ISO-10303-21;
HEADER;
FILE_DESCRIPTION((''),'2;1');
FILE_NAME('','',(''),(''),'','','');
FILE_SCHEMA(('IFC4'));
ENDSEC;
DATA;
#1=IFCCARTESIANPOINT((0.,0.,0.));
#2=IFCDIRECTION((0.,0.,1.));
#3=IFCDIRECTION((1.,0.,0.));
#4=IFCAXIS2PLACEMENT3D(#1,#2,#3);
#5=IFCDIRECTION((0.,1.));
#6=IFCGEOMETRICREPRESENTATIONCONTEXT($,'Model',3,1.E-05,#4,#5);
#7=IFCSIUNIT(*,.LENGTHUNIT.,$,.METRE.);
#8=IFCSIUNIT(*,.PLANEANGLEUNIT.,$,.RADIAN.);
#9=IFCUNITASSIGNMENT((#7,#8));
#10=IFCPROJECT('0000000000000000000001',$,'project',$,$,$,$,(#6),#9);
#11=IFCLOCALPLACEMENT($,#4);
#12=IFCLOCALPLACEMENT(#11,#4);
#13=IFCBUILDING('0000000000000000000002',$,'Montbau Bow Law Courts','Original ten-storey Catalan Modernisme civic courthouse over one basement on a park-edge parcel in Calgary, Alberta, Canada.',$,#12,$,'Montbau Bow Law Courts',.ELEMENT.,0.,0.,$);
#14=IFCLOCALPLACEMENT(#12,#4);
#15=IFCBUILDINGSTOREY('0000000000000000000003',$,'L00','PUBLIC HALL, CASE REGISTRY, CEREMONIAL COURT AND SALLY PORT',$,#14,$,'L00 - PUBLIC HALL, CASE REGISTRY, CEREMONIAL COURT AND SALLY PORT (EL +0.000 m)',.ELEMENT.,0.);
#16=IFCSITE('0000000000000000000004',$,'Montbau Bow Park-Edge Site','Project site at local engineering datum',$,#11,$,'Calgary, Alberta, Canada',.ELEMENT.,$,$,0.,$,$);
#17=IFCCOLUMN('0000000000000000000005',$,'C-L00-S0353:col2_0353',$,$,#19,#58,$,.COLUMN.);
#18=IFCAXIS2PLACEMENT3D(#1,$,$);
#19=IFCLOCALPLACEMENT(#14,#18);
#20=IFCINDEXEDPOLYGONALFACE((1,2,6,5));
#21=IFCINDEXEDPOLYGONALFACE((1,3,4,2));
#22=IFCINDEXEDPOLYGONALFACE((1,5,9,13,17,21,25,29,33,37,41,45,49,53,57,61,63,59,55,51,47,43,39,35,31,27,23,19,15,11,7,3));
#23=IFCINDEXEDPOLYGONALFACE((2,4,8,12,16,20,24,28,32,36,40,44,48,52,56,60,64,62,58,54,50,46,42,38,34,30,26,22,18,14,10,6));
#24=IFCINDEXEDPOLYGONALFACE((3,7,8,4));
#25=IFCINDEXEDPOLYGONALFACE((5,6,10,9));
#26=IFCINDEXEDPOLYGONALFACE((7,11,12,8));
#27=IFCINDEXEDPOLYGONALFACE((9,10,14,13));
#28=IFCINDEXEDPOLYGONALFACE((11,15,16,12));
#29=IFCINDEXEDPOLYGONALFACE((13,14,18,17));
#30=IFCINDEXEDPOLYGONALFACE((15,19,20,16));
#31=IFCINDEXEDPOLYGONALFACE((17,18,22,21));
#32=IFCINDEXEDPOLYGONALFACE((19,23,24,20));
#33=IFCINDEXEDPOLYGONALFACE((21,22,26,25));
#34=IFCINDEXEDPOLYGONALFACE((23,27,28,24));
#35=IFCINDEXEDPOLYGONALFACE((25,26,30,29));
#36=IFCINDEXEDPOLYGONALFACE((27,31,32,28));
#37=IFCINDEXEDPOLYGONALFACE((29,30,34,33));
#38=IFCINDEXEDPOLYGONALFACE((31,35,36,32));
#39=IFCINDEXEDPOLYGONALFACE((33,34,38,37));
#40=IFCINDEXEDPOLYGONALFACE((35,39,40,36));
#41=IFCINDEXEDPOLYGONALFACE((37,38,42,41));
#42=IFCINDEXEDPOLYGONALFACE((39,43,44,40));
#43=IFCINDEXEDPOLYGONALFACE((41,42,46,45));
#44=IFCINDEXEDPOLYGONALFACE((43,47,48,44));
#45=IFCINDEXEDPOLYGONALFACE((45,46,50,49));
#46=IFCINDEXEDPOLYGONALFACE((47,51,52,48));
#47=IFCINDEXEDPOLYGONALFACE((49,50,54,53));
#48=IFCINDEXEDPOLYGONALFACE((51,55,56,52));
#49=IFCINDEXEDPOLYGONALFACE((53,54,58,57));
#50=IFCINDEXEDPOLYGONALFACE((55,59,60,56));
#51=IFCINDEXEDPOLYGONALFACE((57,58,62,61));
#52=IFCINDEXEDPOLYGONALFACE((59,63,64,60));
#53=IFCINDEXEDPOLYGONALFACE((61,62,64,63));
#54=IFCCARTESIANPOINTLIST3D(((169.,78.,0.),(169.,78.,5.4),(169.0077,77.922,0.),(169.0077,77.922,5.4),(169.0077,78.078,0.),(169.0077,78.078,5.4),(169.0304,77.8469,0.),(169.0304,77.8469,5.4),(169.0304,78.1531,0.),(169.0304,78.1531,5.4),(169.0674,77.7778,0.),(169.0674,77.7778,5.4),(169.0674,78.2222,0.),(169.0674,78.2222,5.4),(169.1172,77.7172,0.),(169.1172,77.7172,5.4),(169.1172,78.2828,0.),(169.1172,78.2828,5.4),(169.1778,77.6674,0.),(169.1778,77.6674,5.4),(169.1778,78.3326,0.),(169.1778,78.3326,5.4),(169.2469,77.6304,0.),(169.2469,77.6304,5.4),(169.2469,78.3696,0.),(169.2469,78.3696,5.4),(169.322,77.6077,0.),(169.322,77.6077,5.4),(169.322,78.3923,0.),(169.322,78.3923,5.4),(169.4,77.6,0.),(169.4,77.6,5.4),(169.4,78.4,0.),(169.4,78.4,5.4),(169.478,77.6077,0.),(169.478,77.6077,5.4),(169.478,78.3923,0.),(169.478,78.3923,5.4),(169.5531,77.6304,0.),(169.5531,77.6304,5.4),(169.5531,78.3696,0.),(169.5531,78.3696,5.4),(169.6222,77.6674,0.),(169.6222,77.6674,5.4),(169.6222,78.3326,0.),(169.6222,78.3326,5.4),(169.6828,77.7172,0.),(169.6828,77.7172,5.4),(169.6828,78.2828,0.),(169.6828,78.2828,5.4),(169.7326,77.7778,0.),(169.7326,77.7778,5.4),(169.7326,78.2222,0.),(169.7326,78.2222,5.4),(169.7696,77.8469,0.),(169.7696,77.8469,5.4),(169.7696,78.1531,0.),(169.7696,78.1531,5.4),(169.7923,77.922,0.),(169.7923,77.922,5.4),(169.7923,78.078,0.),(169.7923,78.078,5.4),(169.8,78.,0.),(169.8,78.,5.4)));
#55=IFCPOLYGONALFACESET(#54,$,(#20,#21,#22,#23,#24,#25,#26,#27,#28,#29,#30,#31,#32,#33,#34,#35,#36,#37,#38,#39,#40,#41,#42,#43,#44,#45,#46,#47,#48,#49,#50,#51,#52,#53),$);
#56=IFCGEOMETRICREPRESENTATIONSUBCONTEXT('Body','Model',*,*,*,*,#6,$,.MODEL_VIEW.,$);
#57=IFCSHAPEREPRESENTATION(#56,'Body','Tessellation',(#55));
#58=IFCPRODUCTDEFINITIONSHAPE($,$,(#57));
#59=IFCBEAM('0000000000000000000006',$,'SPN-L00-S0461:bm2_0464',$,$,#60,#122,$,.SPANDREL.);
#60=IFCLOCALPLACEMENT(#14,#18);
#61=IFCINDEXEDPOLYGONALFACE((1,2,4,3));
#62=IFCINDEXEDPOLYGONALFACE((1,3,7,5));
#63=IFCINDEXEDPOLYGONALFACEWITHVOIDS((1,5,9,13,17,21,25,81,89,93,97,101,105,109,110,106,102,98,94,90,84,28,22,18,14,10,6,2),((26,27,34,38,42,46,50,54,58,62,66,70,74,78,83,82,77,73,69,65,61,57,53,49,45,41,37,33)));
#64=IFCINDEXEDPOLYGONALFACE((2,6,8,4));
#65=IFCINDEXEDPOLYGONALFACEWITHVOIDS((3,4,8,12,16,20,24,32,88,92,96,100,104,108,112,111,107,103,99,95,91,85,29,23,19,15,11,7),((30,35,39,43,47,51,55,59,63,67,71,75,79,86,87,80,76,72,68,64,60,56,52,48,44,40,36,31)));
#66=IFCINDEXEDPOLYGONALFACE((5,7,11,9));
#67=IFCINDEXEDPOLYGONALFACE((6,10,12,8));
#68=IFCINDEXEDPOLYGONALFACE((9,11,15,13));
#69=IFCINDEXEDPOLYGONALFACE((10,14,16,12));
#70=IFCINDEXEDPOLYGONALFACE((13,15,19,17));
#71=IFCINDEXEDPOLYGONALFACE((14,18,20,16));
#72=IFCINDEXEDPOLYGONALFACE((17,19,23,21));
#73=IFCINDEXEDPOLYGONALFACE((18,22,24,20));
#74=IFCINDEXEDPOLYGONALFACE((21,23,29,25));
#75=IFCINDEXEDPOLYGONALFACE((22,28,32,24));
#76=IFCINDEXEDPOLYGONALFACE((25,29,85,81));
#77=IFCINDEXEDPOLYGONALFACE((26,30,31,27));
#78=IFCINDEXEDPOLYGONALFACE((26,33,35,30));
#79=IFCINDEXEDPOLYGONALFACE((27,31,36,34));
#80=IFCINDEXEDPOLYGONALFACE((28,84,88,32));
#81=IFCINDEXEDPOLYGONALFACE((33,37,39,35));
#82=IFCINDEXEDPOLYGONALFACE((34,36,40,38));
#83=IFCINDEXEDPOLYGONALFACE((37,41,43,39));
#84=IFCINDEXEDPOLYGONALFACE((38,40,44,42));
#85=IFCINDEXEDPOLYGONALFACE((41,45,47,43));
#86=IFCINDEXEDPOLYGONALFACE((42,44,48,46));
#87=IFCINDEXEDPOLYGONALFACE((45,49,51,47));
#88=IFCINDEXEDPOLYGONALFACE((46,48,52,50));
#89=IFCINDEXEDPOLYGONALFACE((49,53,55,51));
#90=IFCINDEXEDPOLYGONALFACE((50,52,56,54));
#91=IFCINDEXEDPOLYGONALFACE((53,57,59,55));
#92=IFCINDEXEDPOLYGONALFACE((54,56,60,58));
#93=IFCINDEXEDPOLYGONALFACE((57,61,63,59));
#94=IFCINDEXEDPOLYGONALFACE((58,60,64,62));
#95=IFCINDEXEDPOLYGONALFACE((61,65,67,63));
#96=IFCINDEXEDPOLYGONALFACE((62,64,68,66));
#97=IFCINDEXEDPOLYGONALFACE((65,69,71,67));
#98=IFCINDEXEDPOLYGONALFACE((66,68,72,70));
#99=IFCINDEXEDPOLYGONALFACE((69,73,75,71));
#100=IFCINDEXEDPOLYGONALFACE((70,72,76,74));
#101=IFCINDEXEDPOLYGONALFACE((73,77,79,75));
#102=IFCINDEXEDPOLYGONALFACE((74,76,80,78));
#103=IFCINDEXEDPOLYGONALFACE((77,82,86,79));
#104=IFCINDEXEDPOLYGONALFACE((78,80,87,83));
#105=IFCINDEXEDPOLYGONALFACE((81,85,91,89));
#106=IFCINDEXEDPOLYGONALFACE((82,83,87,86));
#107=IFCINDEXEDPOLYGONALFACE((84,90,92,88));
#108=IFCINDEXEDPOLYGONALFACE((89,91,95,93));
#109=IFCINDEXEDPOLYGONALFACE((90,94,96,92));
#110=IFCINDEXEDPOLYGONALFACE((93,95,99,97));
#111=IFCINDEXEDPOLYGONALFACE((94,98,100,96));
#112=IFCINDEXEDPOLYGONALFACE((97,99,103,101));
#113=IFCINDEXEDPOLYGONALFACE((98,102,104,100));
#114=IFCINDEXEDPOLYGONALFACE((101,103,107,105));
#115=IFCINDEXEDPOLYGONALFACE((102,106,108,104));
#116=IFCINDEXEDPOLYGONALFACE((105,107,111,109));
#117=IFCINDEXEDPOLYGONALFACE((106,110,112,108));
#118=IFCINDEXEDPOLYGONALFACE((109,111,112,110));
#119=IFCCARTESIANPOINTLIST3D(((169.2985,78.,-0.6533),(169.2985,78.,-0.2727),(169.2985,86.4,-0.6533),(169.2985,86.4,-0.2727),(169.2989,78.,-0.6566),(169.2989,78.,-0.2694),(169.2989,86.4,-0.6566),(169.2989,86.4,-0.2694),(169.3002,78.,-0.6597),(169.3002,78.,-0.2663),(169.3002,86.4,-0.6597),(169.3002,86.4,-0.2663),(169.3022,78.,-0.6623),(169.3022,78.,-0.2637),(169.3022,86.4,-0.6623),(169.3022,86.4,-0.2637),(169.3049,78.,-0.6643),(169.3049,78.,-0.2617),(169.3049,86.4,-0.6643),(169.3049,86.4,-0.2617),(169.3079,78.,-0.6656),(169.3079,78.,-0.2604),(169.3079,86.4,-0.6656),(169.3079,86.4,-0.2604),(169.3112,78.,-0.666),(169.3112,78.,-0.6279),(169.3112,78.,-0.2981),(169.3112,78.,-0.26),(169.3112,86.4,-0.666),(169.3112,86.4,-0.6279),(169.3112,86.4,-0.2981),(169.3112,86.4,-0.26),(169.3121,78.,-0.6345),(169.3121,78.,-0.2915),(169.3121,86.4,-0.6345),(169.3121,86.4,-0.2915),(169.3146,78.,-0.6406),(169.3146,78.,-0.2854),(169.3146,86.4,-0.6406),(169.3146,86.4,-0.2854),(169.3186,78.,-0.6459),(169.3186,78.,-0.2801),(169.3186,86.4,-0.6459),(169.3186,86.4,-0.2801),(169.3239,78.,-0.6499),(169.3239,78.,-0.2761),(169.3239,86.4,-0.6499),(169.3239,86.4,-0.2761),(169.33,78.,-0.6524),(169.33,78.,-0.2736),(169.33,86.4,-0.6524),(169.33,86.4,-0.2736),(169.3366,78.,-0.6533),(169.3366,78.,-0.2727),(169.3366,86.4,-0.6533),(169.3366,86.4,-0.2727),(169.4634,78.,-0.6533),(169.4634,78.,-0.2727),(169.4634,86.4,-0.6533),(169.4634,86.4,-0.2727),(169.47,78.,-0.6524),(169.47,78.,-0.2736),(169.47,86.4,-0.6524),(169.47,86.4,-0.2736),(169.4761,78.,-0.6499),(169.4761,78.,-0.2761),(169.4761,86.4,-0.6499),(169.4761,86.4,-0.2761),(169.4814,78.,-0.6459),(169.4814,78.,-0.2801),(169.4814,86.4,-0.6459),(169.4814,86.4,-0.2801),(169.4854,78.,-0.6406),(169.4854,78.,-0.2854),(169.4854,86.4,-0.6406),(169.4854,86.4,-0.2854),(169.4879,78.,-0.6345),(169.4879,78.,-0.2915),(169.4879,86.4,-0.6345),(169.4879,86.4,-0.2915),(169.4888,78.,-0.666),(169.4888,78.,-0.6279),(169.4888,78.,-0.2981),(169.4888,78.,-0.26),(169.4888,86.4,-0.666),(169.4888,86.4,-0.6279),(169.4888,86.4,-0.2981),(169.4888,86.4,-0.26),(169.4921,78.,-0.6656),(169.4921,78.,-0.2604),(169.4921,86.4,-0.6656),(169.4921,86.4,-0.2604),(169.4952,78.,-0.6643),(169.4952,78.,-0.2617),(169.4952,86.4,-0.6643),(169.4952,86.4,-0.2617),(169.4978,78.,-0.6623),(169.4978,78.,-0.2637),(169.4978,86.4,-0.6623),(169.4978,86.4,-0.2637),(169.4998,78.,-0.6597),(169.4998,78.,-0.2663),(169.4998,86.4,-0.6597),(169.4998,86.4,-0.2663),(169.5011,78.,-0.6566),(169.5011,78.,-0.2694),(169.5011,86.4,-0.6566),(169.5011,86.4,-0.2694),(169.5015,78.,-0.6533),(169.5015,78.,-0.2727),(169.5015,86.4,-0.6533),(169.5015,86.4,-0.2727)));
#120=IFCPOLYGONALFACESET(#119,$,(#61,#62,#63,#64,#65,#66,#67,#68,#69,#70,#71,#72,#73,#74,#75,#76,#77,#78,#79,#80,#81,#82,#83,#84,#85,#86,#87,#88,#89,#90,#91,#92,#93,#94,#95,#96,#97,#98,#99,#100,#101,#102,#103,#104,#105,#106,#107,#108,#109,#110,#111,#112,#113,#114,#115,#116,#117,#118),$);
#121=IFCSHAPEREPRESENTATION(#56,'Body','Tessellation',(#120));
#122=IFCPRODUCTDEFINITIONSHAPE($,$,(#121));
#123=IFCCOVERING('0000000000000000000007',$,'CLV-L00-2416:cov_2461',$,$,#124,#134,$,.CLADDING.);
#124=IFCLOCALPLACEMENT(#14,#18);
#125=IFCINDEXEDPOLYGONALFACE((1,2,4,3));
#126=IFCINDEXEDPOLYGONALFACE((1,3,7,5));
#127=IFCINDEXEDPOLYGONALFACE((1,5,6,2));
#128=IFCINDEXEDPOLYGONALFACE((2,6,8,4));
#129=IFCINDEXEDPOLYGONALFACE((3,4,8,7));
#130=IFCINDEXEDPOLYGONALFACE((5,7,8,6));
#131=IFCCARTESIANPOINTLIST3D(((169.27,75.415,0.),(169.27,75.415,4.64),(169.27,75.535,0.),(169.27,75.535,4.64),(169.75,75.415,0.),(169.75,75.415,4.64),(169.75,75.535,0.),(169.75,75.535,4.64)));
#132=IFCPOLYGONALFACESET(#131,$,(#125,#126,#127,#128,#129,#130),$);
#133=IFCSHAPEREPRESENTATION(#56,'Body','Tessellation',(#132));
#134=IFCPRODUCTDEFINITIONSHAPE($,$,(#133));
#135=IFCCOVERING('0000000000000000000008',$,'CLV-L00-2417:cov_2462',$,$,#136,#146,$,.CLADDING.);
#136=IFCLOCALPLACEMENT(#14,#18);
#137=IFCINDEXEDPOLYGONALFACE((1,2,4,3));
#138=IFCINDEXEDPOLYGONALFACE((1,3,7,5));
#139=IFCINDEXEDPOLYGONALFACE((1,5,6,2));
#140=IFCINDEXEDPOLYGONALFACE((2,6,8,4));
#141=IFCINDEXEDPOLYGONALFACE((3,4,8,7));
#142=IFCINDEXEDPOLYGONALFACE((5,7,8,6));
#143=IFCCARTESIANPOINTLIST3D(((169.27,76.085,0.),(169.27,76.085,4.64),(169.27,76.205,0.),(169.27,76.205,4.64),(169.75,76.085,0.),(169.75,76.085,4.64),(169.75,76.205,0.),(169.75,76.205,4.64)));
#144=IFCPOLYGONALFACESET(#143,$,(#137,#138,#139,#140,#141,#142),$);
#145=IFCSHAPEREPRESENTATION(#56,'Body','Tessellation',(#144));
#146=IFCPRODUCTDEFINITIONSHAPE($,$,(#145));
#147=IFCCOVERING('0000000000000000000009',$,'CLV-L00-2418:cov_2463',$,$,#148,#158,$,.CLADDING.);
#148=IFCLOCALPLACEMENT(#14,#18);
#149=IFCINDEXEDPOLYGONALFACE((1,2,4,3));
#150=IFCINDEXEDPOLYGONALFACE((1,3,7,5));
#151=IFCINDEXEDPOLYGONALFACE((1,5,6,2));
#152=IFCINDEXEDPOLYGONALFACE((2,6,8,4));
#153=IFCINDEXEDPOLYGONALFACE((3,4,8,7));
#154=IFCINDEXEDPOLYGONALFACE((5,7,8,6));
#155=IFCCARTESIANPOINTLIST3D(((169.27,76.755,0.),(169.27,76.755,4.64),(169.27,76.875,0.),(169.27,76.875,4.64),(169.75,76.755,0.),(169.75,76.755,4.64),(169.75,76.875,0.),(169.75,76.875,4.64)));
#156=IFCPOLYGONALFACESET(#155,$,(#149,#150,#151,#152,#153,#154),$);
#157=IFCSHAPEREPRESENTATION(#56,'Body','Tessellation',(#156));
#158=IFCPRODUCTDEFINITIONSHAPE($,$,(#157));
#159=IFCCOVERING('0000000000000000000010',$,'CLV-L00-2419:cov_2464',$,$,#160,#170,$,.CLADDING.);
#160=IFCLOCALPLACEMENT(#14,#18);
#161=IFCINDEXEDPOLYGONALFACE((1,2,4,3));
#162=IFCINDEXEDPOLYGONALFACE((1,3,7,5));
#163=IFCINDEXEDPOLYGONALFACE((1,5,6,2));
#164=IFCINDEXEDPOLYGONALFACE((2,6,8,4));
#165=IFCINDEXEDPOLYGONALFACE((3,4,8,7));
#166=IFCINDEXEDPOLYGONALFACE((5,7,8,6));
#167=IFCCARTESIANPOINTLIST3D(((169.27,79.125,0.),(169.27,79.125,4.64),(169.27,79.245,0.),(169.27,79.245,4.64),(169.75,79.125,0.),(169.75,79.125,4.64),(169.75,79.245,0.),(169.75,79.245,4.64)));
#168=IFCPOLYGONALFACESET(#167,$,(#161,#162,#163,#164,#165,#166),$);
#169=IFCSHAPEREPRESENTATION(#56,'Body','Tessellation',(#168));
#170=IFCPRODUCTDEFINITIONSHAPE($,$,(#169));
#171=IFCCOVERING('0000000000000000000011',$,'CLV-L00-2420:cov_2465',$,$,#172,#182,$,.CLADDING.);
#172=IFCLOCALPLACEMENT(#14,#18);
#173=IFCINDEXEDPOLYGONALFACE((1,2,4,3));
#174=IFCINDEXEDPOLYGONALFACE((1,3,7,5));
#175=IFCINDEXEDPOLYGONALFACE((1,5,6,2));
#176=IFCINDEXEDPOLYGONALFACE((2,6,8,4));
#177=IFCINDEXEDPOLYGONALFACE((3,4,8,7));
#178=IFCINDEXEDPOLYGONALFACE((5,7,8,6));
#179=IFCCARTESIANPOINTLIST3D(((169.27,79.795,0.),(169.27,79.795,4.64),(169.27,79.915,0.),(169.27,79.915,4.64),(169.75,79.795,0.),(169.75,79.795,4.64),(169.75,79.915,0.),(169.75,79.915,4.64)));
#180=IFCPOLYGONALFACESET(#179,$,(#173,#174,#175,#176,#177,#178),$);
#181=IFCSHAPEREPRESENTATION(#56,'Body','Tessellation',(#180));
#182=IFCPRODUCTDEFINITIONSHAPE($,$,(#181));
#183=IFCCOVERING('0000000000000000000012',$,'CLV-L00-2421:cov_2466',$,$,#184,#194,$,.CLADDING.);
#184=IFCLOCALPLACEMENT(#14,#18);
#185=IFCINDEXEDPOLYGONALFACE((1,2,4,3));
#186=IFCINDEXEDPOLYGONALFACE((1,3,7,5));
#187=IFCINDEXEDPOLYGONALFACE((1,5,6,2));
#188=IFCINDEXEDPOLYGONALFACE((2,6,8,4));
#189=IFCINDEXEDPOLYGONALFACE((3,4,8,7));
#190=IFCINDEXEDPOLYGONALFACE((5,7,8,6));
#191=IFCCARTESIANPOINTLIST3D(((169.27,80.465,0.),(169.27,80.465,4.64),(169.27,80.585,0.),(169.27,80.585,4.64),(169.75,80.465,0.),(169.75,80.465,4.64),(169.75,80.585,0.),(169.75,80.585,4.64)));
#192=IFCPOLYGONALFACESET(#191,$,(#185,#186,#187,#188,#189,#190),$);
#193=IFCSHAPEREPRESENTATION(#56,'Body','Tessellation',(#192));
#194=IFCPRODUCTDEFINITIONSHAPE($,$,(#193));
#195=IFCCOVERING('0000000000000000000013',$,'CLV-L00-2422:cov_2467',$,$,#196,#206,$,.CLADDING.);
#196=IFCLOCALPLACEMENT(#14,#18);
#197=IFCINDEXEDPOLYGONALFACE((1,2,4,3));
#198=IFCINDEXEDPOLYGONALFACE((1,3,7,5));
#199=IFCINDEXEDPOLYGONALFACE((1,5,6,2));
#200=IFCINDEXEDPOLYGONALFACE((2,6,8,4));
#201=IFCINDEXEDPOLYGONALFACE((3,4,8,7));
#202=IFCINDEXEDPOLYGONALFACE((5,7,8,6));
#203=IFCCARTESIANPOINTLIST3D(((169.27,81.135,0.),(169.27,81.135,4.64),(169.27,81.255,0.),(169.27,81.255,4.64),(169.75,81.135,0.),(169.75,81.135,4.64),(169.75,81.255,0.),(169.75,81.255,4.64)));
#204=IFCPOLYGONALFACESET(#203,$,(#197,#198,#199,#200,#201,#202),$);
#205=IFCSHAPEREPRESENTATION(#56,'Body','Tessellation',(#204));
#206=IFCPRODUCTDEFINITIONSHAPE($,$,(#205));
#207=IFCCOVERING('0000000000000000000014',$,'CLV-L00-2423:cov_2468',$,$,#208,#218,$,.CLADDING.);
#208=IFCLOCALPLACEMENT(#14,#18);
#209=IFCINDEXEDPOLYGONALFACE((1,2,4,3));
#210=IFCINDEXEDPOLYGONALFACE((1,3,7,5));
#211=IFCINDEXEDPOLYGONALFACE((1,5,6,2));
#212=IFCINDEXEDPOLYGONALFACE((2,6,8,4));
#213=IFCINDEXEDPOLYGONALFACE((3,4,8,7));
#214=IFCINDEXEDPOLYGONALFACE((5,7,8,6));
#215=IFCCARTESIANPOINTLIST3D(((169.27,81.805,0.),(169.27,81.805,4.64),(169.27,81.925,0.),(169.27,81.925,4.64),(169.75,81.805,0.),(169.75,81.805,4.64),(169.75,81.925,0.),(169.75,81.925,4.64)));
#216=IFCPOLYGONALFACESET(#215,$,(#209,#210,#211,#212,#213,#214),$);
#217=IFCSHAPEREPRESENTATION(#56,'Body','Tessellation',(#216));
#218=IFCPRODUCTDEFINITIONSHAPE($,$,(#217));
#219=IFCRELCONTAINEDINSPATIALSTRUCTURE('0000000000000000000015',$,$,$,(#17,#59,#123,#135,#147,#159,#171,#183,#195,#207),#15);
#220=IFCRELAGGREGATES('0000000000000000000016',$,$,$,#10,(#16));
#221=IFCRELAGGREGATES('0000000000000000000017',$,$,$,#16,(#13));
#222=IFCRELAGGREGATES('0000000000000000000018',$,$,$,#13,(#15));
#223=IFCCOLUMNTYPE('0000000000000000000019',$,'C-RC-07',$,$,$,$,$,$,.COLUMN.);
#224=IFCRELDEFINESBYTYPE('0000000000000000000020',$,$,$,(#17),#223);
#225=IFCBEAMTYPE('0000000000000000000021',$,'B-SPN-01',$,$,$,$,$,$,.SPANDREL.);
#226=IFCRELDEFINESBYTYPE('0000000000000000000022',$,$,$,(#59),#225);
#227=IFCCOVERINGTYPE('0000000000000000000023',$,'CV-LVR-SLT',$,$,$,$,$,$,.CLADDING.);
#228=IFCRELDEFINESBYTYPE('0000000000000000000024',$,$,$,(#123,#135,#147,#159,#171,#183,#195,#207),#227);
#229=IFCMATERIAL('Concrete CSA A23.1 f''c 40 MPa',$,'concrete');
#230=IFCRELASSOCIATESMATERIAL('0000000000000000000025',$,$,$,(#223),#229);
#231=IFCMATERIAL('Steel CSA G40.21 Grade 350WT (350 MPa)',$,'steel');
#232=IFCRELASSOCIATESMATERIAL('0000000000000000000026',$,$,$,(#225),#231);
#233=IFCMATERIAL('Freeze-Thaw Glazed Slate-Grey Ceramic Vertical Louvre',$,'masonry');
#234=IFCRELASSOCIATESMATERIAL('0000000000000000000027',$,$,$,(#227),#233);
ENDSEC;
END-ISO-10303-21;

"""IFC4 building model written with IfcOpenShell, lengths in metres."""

from ifc_helpers import new_model, si_unit, direction, frame, frame_2d, origin_with_axes, origin_2d_with_axis, place, context, subcontext, project, spatial, rectangle, hollow_rectangle, circle, extrude, material, material_profile, profile_set, type_object, element, save


model = new_model("IFC4")

# Units and contexts
model_context = context("Model", 3, precision=1e-05, world=origin_with_axes(), true_north=direction((0.0, 1.0)))
body_context = subcontext(model_context, "Body", "Model", "MODEL_VIEW")
ifc_project = project(units=[si_unit("LENGTHUNIT", "METRE"), si_unit("PLANEANGLEUNIT", "RADIAN")], contexts=[model_context])

# Site, building, storey
site_placement = place(None, origin_with_axes())
site = spatial("IfcSite", under=ifc_project, at=site_placement, Name="Montbau Bow Park-Edge Site", Description="Project site at local engineering datum", LongName="Calgary, Alberta, Canada", CompositionType="ELEMENT", RefElevation=0.0)
building_placement = place(site_placement, origin_with_axes())
building = spatial("IfcBuilding", under=site, at=building_placement, Name="Montbau Bow Law Courts", Description="Original ten-storey Catalan Modernisme civic courthouse over one basement on a park-edge parcel in Calgary, Alberta, Canada.", LongName="Montbau Bow Law Courts", CompositionType="ELEMENT", ElevationOfRefHeight=0.0, ElevationOfTerrain=0.0)
storey_placement = place(building_placement, origin_with_axes())
storey = spatial("IfcBuildingStorey", under=building, at=storey_placement, Name="L00", Description="PUBLIC HALL, CASE REGISTRY, CEREMONIAL COURT AND SALLY PORT", LongName="L00 - PUBLIC HALL, CASE REGISTRY, CEREMONIAL COURT AND SALLY PORT (EL +0.000 m)", CompositionType="ELEMENT", Elevation=0.0)

# Column
ifc_material_1 = material(Name="Concrete CSA A23.1 f'c 40 MPa", Category="concrete")
ifc_material_profile_1 = material_profile(ifc_material_1, circle(Radius=0.4, at=origin_2d_with_axis()), Name="RC800D", Category="Main", Priority=0)
ifc_profile_set_1 = profile_set([ifc_material_profile_1], Name="Concrete CSA A23.1 f'c 40 MPa")
column_type = type_object("IfcColumnType", Name="C-RC-07", PredefinedType="COLUMN", material=ifc_profile_set_1)
column_placement = place(None, frame((169.4, 78.0, 0.0), z_axis=(0.0, 0.0, 1.0), x_axis=(1.0, 0.0, 0.0)))
element("IfcColumn", 1, at=column_placement, inside=storey, type_object=column_type, Name="C-L00-S0353:col2_0353", PredefinedType="COLUMN", context=body_context, shape_type="SweptSolid", body=[
    extrude(circle(Radius=0.4, at=origin_2d_with_axis()), origin_with_axes(), (0.0, 0.0, 1.0), 5.4),
])

# Beam
ifc_material_2 = material(Name="Steel CSA G40.21 Grade 350WT (350 MPa)", Category="steel")
ifc_material_profile_2 = material_profile(ifc_material_2, hollow_rectangle(XDim=0.203, YDim=0.406, WallThickness=0.0127, InnerFilletRadius=0.0254, OuterFilletRadius=0.0127, at=origin_2d_with_axis()), Name="HSS406X203X13", Category="Main", Priority=0)
ifc_profile_set_2 = profile_set([ifc_material_profile_2], Name="Steel CSA G40.21 Grade 350WT (350 MPa)")
beam_type = type_object("IfcBeamType", Name="B-SPN-01", PredefinedType="SPANDREL", material=ifc_profile_set_2)
beam_placement = place(None, frame((169.4, 78.0, -0.463), z_axis=(0.0, 1.0, 0.0), x_axis=(-1.0, 0.0, 0.0)))
element("IfcBeam", 2, at=beam_placement, inside=storey, type_object=beam_type, Name="SPN-L00-S0461:bm2_0464", PredefinedType="SPANDREL", context=body_context, shape_type="SweptSolid", body=[
    extrude(hollow_rectangle(XDim=0.203, YDim=0.406, WallThickness=0.0127, InnerFilletRadius=0.0254, OuterFilletRadius=0.0127, at=origin_2d_with_axis()), origin_with_axes(), (0.0, 0.0, 1.0), 8.4),
])

# Coverings
ifc_material_3 = material(Name="Freeze-Thaw Glazed Slate-Grey Ceramic Vertical Louvre", Category="masonry")
covering_type = type_object("IfcCoveringType", Name="CV-LVR-SLT", PredefinedType="CLADDING", material=ifc_material_3)
for number, where, z_axis, x_axis, name in (
    (3, (169.27, 75.475, 0.0), (0.0, -1.0, 0.0), (1.0, 0.0, 0.0), "CLV-L00-2416:cov_2461"),
    (4, (169.27, 76.145, 0.0), (0.0, -1.0, 0.0), (1.0, 0.0, 0.0), "CLV-L00-2417:cov_2462"),
    (5, (169.27, 76.815, 0.0), (0.0, -1.0, 0.0), (1.0, 0.0, 0.0), "CLV-L00-2418:cov_2463"),
    (6, (169.27, 79.185, 0.0), (0.0, -1.0, 0.0), (1.0, 0.0, 0.0), "CLV-L00-2419:cov_2464"),
    (7, (169.27, 79.855, 0.0), (0.0, -1.0, 0.0), (1.0, 0.0, 0.0), "CLV-L00-2420:cov_2465"),
    (8, (169.27, 80.525, 0.0), (0.0, -1.0, 0.0), (1.0, 0.0, 0.0), "CLV-L00-2421:cov_2466"),
    (9, (169.27, 81.195, 0.0), (0.0, -1.0, 0.0), (1.0, 0.0, 0.0), "CLV-L00-2422:cov_2467"),
    (10, (169.27, 81.865, 0.0), (0.0, -1.0, 0.0), (1.0, 0.0, 0.0), "CLV-L00-2423:cov_2468"),
):
    element("IfcCovering", number, at=place(None, frame(where, z_axis=z_axis, x_axis=x_axis)), inside=storey, type_object=covering_type, Name=name, PredefinedType="CLADDING", context=body_context, shape_type="SweptSolid", body=[
        extrude(rectangle(XDim=0.48, YDim=4.64, at=frame_2d((0.24, 2.32), x_axis=(1.0, 0.0))), frame((0.0, 0.0, -0.06), z_axis=(0.0, 0.0, 1.0), x_axis=(1.0, 0.0, 0.0)), (0.0, 0.0, 1.0), 0.12),
    ])

save(model, "model.ifc")
